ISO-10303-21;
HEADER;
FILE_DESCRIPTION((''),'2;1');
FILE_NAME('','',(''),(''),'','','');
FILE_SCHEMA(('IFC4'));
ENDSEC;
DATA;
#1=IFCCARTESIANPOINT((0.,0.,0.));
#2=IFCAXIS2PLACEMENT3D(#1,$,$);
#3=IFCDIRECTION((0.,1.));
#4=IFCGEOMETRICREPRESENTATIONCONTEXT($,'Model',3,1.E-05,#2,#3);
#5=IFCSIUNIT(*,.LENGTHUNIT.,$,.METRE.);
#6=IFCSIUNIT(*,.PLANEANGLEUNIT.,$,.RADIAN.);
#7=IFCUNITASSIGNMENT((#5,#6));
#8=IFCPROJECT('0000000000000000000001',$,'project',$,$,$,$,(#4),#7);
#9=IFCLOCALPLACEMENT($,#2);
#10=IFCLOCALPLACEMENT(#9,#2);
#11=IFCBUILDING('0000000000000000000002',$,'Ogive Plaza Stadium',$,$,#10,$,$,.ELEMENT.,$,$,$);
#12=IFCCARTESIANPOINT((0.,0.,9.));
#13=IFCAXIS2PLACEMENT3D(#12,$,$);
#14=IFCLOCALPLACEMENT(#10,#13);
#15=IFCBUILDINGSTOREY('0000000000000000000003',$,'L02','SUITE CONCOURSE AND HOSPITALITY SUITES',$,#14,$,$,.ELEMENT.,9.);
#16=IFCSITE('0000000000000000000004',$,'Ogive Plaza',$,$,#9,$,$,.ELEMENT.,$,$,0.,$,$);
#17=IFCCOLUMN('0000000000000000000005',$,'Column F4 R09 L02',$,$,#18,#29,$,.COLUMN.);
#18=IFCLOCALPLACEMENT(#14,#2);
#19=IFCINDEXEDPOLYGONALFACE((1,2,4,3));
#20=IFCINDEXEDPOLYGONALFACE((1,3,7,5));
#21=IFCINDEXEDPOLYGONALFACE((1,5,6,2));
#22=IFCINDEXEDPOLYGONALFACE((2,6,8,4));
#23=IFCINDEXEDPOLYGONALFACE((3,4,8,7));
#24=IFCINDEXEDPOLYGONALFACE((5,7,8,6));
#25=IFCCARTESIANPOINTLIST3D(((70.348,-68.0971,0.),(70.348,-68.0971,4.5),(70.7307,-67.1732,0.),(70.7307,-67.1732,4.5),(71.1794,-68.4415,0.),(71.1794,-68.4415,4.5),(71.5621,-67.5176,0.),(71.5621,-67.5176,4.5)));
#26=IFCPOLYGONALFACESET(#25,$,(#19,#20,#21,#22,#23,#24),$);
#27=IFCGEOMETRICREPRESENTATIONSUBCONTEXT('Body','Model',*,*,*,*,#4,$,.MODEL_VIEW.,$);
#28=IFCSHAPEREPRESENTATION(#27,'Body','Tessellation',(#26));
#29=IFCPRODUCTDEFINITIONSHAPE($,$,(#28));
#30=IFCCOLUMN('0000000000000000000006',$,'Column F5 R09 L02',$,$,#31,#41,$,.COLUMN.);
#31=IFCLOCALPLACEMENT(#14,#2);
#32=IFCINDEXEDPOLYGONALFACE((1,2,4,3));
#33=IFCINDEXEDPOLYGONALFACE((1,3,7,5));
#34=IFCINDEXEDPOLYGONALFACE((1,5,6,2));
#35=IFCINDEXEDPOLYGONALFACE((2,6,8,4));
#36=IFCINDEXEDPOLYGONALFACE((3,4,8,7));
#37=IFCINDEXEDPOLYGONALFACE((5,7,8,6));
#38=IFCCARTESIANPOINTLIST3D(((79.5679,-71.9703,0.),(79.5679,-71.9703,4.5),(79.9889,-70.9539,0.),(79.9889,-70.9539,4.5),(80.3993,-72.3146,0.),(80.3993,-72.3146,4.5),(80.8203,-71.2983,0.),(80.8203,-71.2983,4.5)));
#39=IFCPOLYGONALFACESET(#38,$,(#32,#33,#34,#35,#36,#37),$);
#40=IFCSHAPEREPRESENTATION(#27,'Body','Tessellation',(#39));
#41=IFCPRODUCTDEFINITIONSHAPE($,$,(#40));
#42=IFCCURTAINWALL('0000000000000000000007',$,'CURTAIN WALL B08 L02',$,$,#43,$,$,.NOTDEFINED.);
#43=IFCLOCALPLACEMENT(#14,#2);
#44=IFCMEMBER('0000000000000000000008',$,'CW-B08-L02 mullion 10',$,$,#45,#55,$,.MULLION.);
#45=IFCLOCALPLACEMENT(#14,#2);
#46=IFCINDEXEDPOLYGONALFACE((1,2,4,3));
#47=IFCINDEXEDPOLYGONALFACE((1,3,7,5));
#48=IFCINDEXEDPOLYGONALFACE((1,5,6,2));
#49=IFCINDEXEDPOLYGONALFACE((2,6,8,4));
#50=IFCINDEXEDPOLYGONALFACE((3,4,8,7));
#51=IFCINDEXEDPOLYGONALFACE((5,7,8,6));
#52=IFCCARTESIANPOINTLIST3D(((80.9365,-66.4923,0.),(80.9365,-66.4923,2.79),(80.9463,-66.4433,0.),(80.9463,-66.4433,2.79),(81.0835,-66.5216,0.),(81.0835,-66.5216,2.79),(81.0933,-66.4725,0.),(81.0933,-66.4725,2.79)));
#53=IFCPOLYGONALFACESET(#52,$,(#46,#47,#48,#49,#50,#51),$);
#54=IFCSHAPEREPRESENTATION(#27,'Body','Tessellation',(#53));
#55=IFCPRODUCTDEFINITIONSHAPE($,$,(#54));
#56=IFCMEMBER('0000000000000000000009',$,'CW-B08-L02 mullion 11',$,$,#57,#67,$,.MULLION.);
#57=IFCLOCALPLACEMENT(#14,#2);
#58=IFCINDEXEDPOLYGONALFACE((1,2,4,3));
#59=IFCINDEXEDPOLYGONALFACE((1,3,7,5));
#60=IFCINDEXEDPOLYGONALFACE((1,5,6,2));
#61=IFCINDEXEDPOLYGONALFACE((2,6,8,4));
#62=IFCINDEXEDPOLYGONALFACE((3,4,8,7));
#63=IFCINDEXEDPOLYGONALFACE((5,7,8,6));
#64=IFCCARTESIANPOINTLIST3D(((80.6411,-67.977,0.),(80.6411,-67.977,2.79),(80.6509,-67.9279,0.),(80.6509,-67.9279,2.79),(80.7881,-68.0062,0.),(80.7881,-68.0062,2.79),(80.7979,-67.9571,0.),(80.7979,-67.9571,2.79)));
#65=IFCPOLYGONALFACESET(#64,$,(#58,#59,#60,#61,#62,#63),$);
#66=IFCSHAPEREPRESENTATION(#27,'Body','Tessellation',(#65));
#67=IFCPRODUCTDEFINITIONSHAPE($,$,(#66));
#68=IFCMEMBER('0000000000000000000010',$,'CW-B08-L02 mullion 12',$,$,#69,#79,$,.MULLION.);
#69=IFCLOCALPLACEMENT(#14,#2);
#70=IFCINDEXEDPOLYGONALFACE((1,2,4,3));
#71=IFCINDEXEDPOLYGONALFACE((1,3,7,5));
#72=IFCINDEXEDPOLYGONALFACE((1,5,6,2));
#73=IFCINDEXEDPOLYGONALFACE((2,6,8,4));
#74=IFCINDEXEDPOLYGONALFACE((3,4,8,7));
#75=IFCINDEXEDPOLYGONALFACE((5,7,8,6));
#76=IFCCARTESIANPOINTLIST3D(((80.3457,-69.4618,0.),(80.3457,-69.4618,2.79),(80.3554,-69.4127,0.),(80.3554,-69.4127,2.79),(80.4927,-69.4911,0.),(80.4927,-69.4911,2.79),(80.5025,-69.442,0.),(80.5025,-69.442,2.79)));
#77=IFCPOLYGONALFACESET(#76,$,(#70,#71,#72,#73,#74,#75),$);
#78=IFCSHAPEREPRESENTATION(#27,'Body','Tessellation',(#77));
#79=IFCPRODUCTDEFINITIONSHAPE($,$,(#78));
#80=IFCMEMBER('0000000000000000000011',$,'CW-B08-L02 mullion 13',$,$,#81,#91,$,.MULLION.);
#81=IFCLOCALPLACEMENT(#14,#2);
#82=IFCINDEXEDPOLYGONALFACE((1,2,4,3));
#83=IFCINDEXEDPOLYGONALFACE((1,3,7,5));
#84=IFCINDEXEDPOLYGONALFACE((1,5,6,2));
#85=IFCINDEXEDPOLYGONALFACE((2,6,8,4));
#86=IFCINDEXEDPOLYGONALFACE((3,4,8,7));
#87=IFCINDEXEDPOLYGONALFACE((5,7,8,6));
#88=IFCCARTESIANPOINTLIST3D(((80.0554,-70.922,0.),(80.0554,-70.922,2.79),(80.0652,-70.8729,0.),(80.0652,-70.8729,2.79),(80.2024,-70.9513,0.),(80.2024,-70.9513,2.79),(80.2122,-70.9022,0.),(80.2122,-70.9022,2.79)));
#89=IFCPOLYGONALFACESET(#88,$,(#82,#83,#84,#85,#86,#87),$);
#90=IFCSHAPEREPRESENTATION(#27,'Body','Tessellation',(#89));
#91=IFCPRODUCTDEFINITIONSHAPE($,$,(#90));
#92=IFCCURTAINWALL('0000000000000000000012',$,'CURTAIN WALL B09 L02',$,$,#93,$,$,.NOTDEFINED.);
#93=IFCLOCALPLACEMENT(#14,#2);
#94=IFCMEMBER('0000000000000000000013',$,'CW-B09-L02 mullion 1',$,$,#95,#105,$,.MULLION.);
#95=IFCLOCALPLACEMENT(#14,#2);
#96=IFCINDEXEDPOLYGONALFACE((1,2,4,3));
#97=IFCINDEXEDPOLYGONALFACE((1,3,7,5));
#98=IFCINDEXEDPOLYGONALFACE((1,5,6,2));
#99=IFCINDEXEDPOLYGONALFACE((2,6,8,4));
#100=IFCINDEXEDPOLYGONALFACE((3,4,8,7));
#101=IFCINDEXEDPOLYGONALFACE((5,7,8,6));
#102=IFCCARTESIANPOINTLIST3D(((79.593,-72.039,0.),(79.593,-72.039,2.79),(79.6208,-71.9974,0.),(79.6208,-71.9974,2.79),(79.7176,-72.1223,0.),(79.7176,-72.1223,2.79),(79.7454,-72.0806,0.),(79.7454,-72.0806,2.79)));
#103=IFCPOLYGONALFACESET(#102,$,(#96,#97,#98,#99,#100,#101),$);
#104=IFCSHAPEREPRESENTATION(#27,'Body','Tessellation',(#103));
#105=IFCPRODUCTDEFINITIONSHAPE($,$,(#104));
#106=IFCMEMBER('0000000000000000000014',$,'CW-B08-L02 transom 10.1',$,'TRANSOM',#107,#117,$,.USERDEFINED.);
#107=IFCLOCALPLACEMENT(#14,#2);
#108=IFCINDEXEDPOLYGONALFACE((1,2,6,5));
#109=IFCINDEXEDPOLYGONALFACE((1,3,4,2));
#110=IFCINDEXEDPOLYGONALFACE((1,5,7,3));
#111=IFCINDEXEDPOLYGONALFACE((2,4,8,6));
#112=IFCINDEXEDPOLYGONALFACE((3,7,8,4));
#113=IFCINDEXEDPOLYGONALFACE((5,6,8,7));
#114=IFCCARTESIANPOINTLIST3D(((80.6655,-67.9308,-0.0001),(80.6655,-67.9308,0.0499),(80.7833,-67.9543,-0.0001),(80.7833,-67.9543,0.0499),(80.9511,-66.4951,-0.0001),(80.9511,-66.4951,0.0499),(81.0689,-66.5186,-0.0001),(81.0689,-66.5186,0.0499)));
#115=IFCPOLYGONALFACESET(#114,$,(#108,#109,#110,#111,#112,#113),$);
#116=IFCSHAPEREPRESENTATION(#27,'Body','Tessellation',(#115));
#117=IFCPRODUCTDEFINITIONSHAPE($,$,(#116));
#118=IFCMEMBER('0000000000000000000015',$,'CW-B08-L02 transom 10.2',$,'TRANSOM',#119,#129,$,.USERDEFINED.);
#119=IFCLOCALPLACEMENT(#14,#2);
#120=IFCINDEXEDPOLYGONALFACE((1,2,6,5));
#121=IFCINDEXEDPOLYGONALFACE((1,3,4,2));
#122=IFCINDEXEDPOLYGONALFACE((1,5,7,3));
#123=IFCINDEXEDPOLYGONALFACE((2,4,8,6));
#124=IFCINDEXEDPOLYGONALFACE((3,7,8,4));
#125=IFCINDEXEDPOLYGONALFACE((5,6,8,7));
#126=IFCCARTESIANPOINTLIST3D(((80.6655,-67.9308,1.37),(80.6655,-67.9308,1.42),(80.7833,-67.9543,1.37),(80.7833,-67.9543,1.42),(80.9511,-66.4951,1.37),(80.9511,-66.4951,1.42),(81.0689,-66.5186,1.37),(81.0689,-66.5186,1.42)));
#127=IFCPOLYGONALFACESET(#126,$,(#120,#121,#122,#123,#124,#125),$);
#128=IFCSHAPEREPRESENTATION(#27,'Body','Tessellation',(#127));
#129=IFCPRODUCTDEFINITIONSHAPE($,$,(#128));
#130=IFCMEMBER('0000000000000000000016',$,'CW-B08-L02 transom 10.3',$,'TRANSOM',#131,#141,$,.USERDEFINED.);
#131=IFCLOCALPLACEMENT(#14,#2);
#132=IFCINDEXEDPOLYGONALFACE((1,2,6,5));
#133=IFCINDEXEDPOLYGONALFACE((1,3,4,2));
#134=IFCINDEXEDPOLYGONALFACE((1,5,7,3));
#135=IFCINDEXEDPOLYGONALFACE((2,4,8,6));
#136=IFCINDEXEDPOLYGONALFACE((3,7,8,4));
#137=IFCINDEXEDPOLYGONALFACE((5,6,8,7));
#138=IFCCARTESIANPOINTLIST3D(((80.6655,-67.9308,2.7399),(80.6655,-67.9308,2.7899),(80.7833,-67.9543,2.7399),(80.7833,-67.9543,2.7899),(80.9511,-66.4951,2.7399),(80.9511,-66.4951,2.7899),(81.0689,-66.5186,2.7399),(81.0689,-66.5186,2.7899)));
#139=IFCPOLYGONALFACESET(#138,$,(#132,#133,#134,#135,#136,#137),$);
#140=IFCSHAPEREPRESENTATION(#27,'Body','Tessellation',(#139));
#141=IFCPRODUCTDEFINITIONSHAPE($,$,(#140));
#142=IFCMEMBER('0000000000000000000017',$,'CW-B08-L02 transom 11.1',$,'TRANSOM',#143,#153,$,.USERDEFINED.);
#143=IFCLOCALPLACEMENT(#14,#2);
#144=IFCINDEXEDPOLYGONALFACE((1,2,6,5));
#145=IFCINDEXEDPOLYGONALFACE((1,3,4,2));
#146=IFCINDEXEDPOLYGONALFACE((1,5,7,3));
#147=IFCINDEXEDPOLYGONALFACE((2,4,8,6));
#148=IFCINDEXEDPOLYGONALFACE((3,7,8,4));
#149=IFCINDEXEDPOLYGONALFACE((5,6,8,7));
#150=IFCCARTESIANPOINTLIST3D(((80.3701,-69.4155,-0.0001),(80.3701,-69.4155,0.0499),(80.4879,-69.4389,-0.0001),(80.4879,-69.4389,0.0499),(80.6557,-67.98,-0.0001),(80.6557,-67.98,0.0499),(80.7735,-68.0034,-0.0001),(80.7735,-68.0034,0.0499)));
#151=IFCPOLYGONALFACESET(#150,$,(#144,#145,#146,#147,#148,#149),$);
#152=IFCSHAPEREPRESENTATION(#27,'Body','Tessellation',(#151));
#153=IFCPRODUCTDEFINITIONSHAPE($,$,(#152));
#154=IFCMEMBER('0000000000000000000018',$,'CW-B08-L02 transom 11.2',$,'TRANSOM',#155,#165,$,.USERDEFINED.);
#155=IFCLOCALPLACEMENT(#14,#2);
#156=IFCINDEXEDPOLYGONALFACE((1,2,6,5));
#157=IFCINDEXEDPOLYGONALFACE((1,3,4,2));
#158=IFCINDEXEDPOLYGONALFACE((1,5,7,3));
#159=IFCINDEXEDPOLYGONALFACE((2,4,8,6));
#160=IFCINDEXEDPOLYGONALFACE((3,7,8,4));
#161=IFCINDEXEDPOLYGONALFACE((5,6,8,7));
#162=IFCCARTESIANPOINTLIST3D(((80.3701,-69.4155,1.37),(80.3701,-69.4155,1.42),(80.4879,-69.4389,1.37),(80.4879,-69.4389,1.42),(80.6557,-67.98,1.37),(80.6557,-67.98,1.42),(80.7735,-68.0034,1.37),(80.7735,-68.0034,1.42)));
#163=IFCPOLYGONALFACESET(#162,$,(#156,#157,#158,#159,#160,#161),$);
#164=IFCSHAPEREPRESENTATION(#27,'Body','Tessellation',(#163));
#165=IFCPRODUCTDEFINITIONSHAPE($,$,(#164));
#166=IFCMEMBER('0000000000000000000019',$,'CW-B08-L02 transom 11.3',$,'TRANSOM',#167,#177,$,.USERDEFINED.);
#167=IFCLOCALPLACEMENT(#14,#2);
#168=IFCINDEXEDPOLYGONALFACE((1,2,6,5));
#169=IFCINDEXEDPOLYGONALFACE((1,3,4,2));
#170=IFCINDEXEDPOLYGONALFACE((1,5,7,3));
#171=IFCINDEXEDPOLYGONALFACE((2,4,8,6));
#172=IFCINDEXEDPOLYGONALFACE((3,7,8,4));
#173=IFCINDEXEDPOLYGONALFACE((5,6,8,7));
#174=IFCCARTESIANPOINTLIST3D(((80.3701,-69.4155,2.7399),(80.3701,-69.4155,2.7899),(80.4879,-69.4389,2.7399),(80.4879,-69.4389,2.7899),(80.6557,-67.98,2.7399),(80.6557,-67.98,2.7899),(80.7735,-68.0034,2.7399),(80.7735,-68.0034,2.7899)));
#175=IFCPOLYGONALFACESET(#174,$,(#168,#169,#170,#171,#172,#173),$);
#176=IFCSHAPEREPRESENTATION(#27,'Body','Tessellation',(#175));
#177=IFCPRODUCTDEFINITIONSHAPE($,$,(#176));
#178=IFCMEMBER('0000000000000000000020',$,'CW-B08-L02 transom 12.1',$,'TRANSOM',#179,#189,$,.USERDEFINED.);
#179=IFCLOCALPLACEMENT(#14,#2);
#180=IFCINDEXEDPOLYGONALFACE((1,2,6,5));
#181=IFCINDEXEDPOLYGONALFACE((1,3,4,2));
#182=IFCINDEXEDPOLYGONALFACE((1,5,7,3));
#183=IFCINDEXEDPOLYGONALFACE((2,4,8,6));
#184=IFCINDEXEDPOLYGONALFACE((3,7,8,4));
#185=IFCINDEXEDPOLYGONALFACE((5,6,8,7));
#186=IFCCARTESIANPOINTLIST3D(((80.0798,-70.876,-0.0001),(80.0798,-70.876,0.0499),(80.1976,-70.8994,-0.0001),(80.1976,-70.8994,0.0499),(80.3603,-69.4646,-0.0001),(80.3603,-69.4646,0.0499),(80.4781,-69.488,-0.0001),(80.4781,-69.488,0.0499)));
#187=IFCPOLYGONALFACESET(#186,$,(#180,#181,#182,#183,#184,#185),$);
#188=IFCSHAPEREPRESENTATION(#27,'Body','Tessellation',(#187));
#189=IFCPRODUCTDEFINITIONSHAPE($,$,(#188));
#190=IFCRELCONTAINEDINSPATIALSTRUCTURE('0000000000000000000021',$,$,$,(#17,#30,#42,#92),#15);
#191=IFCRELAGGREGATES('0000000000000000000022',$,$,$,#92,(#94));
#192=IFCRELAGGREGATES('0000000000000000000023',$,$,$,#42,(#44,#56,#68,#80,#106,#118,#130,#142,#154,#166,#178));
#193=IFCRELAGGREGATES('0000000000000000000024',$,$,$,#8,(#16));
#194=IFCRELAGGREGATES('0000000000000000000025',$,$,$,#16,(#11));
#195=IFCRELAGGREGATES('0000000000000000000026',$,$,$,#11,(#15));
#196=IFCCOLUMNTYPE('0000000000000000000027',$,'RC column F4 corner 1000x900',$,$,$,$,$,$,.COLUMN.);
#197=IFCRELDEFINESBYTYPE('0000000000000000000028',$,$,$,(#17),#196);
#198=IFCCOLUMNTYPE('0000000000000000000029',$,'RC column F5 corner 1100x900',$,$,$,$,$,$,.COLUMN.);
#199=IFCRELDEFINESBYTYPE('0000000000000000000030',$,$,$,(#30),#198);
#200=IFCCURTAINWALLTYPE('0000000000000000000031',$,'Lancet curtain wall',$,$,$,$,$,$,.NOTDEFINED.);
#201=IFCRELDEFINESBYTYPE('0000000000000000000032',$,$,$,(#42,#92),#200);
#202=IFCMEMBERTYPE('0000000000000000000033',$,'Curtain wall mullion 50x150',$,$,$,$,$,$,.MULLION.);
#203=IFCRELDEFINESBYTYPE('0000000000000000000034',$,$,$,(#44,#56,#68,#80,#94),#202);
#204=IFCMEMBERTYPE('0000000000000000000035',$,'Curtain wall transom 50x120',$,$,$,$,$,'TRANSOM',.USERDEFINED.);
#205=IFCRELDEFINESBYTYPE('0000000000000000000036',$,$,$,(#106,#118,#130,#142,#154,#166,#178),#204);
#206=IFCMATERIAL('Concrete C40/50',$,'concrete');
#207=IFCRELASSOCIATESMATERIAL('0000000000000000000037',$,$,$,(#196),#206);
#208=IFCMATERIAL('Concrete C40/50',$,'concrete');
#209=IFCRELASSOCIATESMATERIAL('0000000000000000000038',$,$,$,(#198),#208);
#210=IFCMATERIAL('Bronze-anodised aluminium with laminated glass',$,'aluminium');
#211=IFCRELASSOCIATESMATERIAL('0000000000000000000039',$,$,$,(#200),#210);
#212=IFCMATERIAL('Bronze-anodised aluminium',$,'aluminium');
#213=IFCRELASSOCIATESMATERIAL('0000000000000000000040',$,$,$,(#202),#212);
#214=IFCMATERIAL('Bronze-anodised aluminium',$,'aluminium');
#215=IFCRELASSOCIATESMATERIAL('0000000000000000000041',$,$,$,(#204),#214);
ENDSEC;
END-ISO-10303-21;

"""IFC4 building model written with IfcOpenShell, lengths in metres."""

from ifc_helpers import new_model, si_unit, direction, frame, origin, origin_2d, place, context, subcontext, project, spatial, rectangle, extrude, material, material_profile, profile_set, type_object, element, aggregate, save


model = new_model("IFC4")

# Units and contexts
model_context = context("Model", 3, precision=1e-05, world=origin(), true_north=direction((0.0, 1.0)))
body_context = subcontext(model_context, "Body", "Model", "MODEL_VIEW")
ifc_project = project(units=[si_unit("LENGTHUNIT", "METRE"), si_unit("PLANEANGLEUNIT", "RADIAN")], contexts=[model_context])

# Site, building, storey
site_placement = place(None, origin())
site = spatial("IfcSite", under=ifc_project, at=site_placement, Name="Ogive Plaza", CompositionType="ELEMENT", RefElevation=0.0)
building_placement = place(site_placement, origin())
building = spatial("IfcBuilding", under=site, at=building_placement, Name="Ogive Plaza Stadium", CompositionType="ELEMENT")
storey_placement = place(building_placement, frame((0.0, 0.0, 9.0)))
storey = spatial("IfcBuildingStorey", under=building, at=storey_placement, Name="L02", Description="SUITE CONCOURSE AND HOSPITALITY SUITES", CompositionType="ELEMENT", Elevation=9.0)

# Columns
ifc_material_1 = material(Name="Concrete C40/50", Category="concrete")
ifc_material_profile_1 = material_profile(ifc_material_1, rectangle(XDim=1.0, YDim=0.8999, at=origin_2d()), Name="RC 1000x900")
ifc_profile_set_1 = profile_set([ifc_material_profile_1], Name="Concrete C40/50")
column_type_1 = type_object("IfcColumnType", Name="RC column F4 corner 1000x900", PredefinedType="COLUMN", material=ifc_profile_set_1)
column_1_placement = place(storey_placement, frame((70.9551, -67.8074, 0.0), z_axis=(0.0, 0.0, 1.0), x_axis=(0.382683, 0.92388, 0.0)))
element("IfcColumn", 1, at=column_1_placement, inside=storey, type_object=column_type_1, Name="Column F4 R09 L02", PredefinedType="COLUMN", context=body_context, shape_type="SweptSolid", body=[
    extrude(rectangle(XDim=1.0, YDim=0.8999, at=origin_2d()), origin(), (0.0, 0.0, 1.0), 4.5),
])
ifc_material_2 = material(Name="Concrete C40/50", Category="concrete")
ifc_material_profile_2 = material_profile(ifc_material_2, rectangle(XDim=1.1001, YDim=0.8999, at=origin_2d()), Name="RC 1100x900")
ifc_profile_set_2 = profile_set([ifc_material_profile_2], Name="Concrete C40/50")
column_type_2 = type_object("IfcColumnType", Name="RC column F5 corner 1100x900", PredefinedType="COLUMN", material=ifc_profile_set_2)
column_2_placement = place(storey_placement, frame((80.1941, -71.6343, 0.0), z_axis=(0.0, 0.0, 1.0), x_axis=(0.382683, 0.92388, 0.0)))
element("IfcColumn", 2, at=column_2_placement, inside=storey, type_object=column_type_2, Name="Column F5 R09 L02", PredefinedType="COLUMN", context=body_context, shape_type="SweptSolid", body=[
    extrude(rectangle(XDim=1.1001, YDim=0.8999, at=origin_2d()), origin(), (0.0, 0.0, 1.0), 4.5),
])

# Curtain wall, members
ifc_material_3 = material(Name="Bronze-anodised aluminium with laminated glass", Category="aluminium")
curtain_wall_type = type_object("IfcCurtainWallType", Name="Lancet curtain wall", PredefinedType="NOTDEFINED", material=ifc_material_3)
curtain_wall_1_placement = place(storey_placement, origin())
curtain_wall_1 = element("IfcCurtainWall", 3, at=curtain_wall_1_placement, inside=storey, type_object=curtain_wall_type, Name="CURTAIN WALL B08 L02", PredefinedType="NOTDEFINED")
ifc_material_4 = material(Name="Bronze-anodised aluminium", Category="aluminium")
ifc_material_profile_3 = material_profile(ifc_material_4, rectangle(XDim=0.1499, YDim=0.05, at=origin_2d()), Name="AL 150x50")
ifc_profile_set_3 = profile_set([ifc_material_profile_3], Name="Bronze-anodised aluminium")
member_type_1 = type_object("IfcMemberType", Name="Curtain wall mullion 50x150", PredefinedType="MULLION", material=ifc_profile_set_3)
member_1_placement = place(storey_placement, frame((81.0149, -66.4824, 0.0), z_axis=(0.0, 0.0, 1.0), x_axis=(0.980785, -0.19509, 0.0)))
member_1 = element("IfcMember", 4, at=member_1_placement, type_object=member_type_1, Name="CW-B08-L02 mullion 10", PredefinedType="MULLION", context=body_context, shape_type="SweptSolid", body=[
    extrude(rectangle(XDim=0.1499, YDim=0.05, at=origin_2d()), origin(), (0.0, 0.0, 1.0), 2.79),
])
member_2_placement = place(storey_placement, frame((80.7195, -67.967, 0.0), z_axis=(0.0, 0.0, 1.0), x_axis=(0.980785, -0.19509, 0.0)))
member_2 = element("IfcMember", 5, at=member_2_placement, type_object=member_type_1, Name="CW-B08-L02 mullion 11", PredefinedType="MULLION", context=body_context, shape_type="SweptSolid", body=[
    extrude(rectangle(XDim=0.1499, YDim=0.05, at=origin_2d()), origin(), (0.0, 0.0, 1.0), 2.79),
])
member_3_placement = place(storey_placement, frame((80.4241, -69.4519, 0.0), z_axis=(0.0, 0.0, 1.0), x_axis=(0.980785, -0.19509, 0.0)))
member_3 = element("IfcMember", 6, at=member_3_placement, type_object=member_type_1, Name="CW-B08-L02 mullion 12", PredefinedType="MULLION", context=body_context, shape_type="SweptSolid", body=[
    extrude(rectangle(XDim=0.1499, YDim=0.05, at=origin_2d()), origin(), (0.0, 0.0, 1.0), 2.79),
])
member_4_placement = place(storey_placement, frame((80.1338, -70.9121, 0.0), z_axis=(0.0, 0.0, 1.0), x_axis=(0.980785, -0.19509, 0.0)))
member_4 = element("IfcMember", 7, at=member_4_placement, type_object=member_type_1, Name="CW-B08-L02 mullion 13", PredefinedType="MULLION", context=body_context, shape_type="SweptSolid", body=[
    extrude(rectangle(XDim=0.1499, YDim=0.05, at=origin_2d()), origin(), (0.0, 0.0, 1.0), 2.79),
])

# Curtain wall, member
curtain_wall_2_placement = place(storey_placement, origin())
curtain_wall_2 = element("IfcCurtainWall", 8, at=curtain_wall_2_placement, inside=storey, type_object=curtain_wall_type, Name="CURTAIN WALL B09 L02", PredefinedType="NOTDEFINED")
member_5_placement = place(storey_placement, frame((79.6692, -72.0598, 0.0), z_axis=(0.0, 0.0, 1.0), x_axis=(0.83147, -0.55557, 0.0)))
member_5 = element("IfcMember", 9, at=member_5_placement, type_object=member_type_1, Name="CW-B09-L02 mullion 1", PredefinedType="MULLION", context=body_context, shape_type="SweptSolid", body=[
    extrude(rectangle(XDim=0.1499, YDim=0.05, at=origin_2d()), origin(), (0.0, 0.0, 1.0), 2.79),
])

# Members
ifc_material_5 = material(Name="Bronze-anodised aluminium", Category="aluminium")
ifc_material_profile_4 = material_profile(ifc_material_5, rectangle(XDim=0.1201, YDim=0.05, at=origin_2d()), Name="AL 120x50")
ifc_profile_set_4 = profile_set([ifc_material_profile_4], Name="Bronze-anodised aluminium")
member_type_2 = type_object("IfcMemberType", Name="Curtain wall transom 50x120", ElementType="TRANSOM", PredefinedType="USERDEFINED", material=ifc_profile_set_4)
member_6_placement = place(storey_placement, frame((81.01, -66.5068, 0.0249), z_axis=(-0.195122, -0.980779, 0.0), x_axis=(0.980779, -0.195122, 0.0)))
member_6 = element("IfcMember", 10, at=member_6_placement, type_object=member_type_2, Name="CW-B08-L02 transom 10.1", ObjectType="TRANSOM", PredefinedType="USERDEFINED", context=body_context, shape_type="SweptSolid", body=[
    extrude(rectangle(XDim=0.1201, YDim=0.05, at=origin_2d()), origin(), (0.0, 0.0, 1.0), 1.4639),
])
member_7_placement = place(storey_placement, frame((81.01, -66.5068, 1.395), z_axis=(-0.195122, -0.980779, 0.0), x_axis=(0.980779, -0.195122, 0.0)))
member_7 = element("IfcMember", 11, at=member_7_placement, type_object=member_type_2, Name="CW-B08-L02 transom 10.2", ObjectType="TRANSOM", PredefinedType="USERDEFINED", context=body_context, shape_type="SweptSolid", body=[
    extrude(rectangle(XDim=0.1201, YDim=0.05, at=origin_2d()), origin(), (0.0, 0.0, 1.0), 1.4639),
])
member_8_placement = place(storey_placement, frame((81.01, -66.5068, 2.7649), z_axis=(-0.195122, -0.980779, 0.0), x_axis=(0.980779, -0.195122, 0.0)))
member_8 = element("IfcMember", 12, at=member_8_placement, type_object=member_type_2, Name="CW-B08-L02 transom 10.3", ObjectType="TRANSOM", PredefinedType="USERDEFINED", context=body_context, shape_type="SweptSolid", body=[
    extrude(rectangle(XDim=0.1201, YDim=0.05, at=origin_2d()), origin(), (0.0, 0.0, 1.0), 1.4639),
])
member_9_placement = place(storey_placement, frame((80.7146, -67.9917, 0.0249), z_axis=(-0.195154, -0.980773, 0.0), x_axis=(0.980773, -0.195154, 0.0)))
member_9 = element("IfcMember", 13, at=member_9_placement, type_object=member_type_2, Name="CW-B08-L02 transom 11.1", ObjectType="TRANSOM", PredefinedType="USERDEFINED", context=body_context, shape_type="SweptSolid", body=[
    extrude(rectangle(XDim=0.1201, YDim=0.05, at=origin_2d()), origin(), (0.0, 0.0, 1.0), 1.4636),
])
member_10_placement = place(storey_placement, frame((80.7146, -67.9917, 1.395), z_axis=(-0.195154, -0.980773, 0.0), x_axis=(0.980773, -0.195154, 0.0)))
member_10 = element("IfcMember", 14, at=member_10_placement, type_object=member_type_2, Name="CW-B08-L02 transom 11.2", ObjectType="TRANSOM", PredefinedType="USERDEFINED", context=body_context, shape_type="SweptSolid", body=[
    extrude(rectangle(XDim=0.1201, YDim=0.05, at=origin_2d()), origin(), (0.0, 0.0, 1.0), 1.4636),
])
member_11_placement = place(storey_placement, frame((80.7146, -67.9917, 2.7649), z_axis=(-0.195154, -0.980773, 0.0), x_axis=(0.980773, -0.195154, 0.0)))
member_11 = element("IfcMember", 15, at=member_11_placement, type_object=member_type_2, Name="CW-B08-L02 transom 11.3", ObjectType="TRANSOM", PredefinedType="USERDEFINED", context=body_context, shape_type="SweptSolid", body=[
    extrude(rectangle(XDim=0.1201, YDim=0.05, at=origin_2d()), origin(), (0.0, 0.0, 1.0), 1.4636),
])
member_12_placement = place(storey_placement, frame((80.4192, -69.4763, 0.0249), z_axis=(-0.194941, -0.980815, 0.0), x_axis=(0.980815, -0.194941, 0.0)))
member_12 = element("IfcMember", 16, at=member_12_placement, type_object=member_type_2, Name="CW-B08-L02 transom 12.1", ObjectType="TRANSOM", PredefinedType="USERDEFINED", context=body_context, shape_type="SweptSolid", body=[
    extrude(rectangle(XDim=0.1201, YDim=0.05, at=origin_2d()), origin(), (0.0, 0.0, 1.0), 1.439),
])
aggregate(curtain_wall_2, [member_5])

aggregate(curtain_wall_1, [member_1, member_2, member_3, member_4, member_6, member_7, member_8, member_9, member_10, member_11, member_12])

save(model, "model.ifc")
